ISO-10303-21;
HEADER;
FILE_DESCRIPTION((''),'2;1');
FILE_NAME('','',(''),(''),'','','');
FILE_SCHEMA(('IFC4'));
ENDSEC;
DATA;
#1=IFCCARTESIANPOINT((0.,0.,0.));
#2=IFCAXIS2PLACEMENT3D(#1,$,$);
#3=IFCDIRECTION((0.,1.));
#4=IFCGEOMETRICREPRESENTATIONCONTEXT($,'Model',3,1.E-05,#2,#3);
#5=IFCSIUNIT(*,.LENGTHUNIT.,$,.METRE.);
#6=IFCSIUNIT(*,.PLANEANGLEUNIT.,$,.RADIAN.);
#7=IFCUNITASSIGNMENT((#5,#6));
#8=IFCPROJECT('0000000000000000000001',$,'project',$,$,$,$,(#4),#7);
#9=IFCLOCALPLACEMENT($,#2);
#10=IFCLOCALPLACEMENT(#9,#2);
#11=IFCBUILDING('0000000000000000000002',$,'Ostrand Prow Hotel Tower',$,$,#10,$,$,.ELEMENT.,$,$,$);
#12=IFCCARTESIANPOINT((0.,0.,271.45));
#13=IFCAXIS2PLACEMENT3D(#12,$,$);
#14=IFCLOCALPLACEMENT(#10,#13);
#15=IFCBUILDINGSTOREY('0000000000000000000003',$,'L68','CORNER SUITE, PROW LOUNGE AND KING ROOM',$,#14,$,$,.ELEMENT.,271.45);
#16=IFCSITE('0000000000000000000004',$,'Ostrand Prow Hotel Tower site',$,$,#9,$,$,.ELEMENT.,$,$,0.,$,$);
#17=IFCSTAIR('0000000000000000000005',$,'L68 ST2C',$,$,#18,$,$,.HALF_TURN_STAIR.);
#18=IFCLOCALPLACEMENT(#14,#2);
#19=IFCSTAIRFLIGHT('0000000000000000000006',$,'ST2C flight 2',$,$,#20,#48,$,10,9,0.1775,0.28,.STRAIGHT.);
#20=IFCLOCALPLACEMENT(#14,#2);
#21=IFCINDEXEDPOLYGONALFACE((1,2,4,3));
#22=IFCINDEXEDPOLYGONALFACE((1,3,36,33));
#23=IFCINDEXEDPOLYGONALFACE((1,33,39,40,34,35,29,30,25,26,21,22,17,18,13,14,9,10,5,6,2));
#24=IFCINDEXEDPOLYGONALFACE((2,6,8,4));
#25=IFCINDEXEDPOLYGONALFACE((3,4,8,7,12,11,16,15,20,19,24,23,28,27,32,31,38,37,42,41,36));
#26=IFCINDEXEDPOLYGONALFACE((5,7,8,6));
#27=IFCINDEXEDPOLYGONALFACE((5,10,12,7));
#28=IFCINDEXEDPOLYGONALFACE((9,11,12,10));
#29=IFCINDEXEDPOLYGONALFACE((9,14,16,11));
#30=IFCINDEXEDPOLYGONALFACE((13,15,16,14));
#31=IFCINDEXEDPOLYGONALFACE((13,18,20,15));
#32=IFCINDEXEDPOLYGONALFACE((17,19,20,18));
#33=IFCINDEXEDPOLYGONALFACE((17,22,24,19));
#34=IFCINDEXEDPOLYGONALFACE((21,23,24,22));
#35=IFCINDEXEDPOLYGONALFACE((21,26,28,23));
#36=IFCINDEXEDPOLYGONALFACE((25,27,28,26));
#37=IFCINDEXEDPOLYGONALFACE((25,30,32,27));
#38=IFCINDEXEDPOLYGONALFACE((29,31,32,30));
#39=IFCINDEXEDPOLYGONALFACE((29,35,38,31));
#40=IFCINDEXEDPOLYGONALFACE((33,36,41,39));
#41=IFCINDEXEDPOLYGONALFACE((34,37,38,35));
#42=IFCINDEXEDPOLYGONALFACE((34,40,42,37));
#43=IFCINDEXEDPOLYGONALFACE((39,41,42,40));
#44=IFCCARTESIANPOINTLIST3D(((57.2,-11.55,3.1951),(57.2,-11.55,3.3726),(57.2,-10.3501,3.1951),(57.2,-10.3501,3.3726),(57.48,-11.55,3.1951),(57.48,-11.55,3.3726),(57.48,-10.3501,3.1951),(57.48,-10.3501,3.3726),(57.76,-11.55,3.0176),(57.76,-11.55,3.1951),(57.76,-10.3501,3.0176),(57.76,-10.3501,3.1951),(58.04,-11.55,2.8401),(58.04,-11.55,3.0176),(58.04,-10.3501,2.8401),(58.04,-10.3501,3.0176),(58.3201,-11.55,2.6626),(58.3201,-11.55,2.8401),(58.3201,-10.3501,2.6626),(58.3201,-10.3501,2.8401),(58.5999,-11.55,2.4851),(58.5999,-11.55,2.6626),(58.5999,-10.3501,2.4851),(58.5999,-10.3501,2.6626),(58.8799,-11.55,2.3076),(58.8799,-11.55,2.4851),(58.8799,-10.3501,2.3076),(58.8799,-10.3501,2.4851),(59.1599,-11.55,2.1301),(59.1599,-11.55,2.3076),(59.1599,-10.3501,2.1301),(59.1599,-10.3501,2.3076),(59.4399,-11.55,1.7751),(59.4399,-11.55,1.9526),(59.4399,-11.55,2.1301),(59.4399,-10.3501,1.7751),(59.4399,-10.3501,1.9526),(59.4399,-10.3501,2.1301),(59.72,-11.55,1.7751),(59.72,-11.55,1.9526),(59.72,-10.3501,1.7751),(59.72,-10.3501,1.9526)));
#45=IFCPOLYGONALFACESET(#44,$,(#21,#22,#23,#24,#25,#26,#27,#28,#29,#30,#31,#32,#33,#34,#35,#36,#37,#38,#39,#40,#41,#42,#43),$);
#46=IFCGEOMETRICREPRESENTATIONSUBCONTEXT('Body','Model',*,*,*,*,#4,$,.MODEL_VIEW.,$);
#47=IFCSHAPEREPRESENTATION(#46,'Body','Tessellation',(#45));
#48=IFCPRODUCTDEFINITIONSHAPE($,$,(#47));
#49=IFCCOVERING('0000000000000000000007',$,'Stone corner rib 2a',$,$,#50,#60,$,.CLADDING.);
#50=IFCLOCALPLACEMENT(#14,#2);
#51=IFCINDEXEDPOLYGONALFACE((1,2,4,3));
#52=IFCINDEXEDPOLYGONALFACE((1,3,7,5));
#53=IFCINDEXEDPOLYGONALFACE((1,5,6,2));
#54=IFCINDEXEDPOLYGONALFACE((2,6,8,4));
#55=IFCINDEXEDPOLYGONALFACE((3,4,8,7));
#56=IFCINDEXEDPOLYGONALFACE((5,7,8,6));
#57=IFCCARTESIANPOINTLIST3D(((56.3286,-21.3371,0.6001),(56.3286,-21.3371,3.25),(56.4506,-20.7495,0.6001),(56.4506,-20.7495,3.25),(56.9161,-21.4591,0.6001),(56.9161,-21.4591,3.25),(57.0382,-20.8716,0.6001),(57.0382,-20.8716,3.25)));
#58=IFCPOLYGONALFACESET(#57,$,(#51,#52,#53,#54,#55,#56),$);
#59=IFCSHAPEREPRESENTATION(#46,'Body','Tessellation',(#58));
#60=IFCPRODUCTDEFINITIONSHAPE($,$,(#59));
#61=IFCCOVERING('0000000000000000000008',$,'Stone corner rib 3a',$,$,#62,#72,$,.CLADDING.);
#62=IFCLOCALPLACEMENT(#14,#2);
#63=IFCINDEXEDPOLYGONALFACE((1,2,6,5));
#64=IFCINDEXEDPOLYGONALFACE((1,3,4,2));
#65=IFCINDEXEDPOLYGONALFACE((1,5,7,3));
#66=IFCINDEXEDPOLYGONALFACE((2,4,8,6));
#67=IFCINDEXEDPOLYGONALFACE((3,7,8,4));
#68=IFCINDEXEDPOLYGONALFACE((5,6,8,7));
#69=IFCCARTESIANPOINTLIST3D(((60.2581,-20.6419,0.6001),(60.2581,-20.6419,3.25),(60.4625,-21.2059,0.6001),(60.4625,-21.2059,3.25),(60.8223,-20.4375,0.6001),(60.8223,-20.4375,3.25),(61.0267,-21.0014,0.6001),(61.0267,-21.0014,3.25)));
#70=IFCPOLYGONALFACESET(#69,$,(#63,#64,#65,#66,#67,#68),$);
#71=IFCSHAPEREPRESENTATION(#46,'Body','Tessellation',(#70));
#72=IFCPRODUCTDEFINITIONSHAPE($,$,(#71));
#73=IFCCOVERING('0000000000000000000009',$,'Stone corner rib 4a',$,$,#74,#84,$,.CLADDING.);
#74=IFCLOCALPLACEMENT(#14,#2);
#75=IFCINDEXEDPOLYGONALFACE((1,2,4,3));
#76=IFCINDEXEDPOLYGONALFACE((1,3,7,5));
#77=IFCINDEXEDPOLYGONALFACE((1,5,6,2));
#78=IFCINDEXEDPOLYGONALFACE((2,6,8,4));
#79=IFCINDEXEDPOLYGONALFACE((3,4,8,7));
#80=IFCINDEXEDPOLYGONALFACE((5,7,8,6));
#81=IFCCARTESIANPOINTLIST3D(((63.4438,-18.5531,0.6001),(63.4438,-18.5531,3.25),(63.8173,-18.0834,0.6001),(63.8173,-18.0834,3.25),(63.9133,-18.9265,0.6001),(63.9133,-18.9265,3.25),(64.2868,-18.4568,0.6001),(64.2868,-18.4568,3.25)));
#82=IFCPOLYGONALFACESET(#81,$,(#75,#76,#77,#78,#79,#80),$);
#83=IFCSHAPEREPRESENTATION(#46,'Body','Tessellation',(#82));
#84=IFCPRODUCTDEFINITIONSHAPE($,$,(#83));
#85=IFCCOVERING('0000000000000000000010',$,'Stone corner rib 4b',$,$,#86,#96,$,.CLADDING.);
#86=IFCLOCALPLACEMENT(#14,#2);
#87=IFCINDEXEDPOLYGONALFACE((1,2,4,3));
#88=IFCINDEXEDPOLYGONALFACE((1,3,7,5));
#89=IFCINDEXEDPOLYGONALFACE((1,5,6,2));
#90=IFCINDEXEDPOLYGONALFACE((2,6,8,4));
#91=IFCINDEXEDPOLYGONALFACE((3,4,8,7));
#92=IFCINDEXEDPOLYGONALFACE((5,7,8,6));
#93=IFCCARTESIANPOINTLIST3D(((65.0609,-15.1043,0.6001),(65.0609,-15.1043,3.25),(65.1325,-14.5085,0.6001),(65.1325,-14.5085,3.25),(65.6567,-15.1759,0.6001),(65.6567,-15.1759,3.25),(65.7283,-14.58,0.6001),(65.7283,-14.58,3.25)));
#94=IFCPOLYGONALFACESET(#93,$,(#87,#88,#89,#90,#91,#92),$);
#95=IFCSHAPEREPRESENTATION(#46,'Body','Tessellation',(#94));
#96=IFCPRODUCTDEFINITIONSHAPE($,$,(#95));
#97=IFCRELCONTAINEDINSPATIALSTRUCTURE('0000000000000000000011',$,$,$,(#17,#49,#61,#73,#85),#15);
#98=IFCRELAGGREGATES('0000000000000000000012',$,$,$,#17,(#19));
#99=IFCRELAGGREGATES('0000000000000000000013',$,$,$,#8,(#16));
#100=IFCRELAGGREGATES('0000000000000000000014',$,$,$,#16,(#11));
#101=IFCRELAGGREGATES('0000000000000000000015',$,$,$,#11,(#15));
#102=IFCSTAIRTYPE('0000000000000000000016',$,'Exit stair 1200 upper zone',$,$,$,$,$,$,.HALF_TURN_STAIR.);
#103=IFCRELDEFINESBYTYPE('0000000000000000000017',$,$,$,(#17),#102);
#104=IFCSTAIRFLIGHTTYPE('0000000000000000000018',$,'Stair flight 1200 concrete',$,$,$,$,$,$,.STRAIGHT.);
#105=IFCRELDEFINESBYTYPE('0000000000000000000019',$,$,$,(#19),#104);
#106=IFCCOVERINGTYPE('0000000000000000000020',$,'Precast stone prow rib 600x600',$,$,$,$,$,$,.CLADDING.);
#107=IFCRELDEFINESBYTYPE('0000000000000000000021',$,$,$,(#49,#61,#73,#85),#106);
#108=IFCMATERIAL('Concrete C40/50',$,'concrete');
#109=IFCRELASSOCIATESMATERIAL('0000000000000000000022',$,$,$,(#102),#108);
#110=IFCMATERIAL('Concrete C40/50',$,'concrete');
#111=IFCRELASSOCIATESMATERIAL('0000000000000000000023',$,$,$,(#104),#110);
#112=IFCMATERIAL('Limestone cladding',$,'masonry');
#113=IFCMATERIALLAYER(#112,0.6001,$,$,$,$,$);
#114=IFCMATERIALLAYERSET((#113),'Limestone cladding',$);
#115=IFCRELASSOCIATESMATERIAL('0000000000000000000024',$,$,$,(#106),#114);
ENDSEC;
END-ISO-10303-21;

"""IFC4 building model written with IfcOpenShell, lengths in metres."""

from ifc_helpers import new_model, si_unit, direction, frame, frame_2d, origin, place, context, subcontext, project, spatial, polyline, rectangle, outline, extrude, material, layer, layer_set, type_object, element, aggregate, save


model = new_model("IFC4")

# Units and contexts
model_context = context("Model", 3, precision=1e-05, world=origin(), true_north=direction((0.0, 1.0)))
body_context = subcontext(model_context, "Body", "Model", "MODEL_VIEW")
ifc_project = project(units=[si_unit("LENGTHUNIT", "METRE"), si_unit("PLANEANGLEUNIT", "RADIAN")], contexts=[model_context])

# Site, building, storey
site_placement = place(None, origin())
site = spatial("IfcSite", under=ifc_project, at=site_placement, Name="Ostrand Prow Hotel Tower site", CompositionType="ELEMENT", RefElevation=0.0)
building_placement = place(site_placement, origin())
building = spatial("IfcBuilding", under=site, at=building_placement, Name="Ostrand Prow Hotel Tower", CompositionType="ELEMENT")
storey_placement = place(building_placement, frame((0.0, 0.0, 271.45)))
storey = spatial("IfcBuildingStorey", under=building, at=storey_placement, Name="L68", Description="CORNER SUITE, PROW LOUNGE AND KING ROOM", CompositionType="ELEMENT", Elevation=271.45)

# Stair, stair flight
ifc_material_1 = material(Name="Concrete C40/50", Category="concrete")
stair_type = type_object("IfcStairType", Name="Exit stair 1200 upper zone", PredefinedType="HALF_TURN_STAIR", material=ifc_material_1)
stair_placement = place(storey_placement, origin())
stair = element("IfcStair", 1, at=stair_placement, inside=storey, type_object=stair_type, Name="L68 ST2C", PredefinedType="HALF_TURN_STAIR")
ifc_material_2 = material(Name="Concrete C40/50", Category="concrete")
stair_flight_type = type_object("IfcStairFlightType", Name="Stair flight 1200 concrete", PredefinedType="STRAIGHT", material=ifc_material_2)
stair_flight_1_placement = place(storey_placement, frame((59.72, -10.95, 1.7751), z_axis=(0.0, 0.0, 1.0), x_axis=(-1.0, 0.0, 0.0)))
stair_flight_1 = element("IfcStairFlight", 2, at=stair_flight_1_placement, type_object=stair_flight_type, Name="ST2C flight 2", NumberOfRisers=10, NumberOfTreads=9, PredefinedType="STRAIGHT", RiserHeight=0.1775, TreadLength=0.28, context=body_context, shape_type="SweptSolid", body=[
    extrude(outline(polyline([(0.0, 0.0), (0.0, 0.1775), (0.28, 0.1775), (0.28, 0.355), (0.5601, 0.355), (0.5601, 0.5325), (0.8401, 0.5325), (0.8401, 0.71), (1.1201, 0.71), (1.1201, 0.8875), (1.3999, 0.8875), (1.3999, 1.0649), (1.6799, 1.0649), (1.6799, 1.2424), (1.96, 1.2424), (1.96, 1.4199), (2.24, 1.4199), (2.24, 1.5974), (2.52, 1.5974), (2.52, 1.7749), (2.52, 1.4199), (0.28, 0.0), (0.0, 0.0)])), frame((0.0, 0.6001, 0.0), z_axis=(0.0, -1.0, 0.0), x_axis=(1.0, 0.0, 0.0)), (0.0, 0.0, 1.0), 1.2),
])
aggregate(stair, [stair_flight_1])

# Coverings
ifc_material_3 = material(Name="Limestone cladding", Category="masonry")
ifc_layer_1 = layer(ifc_material_3, 0.6001)
ifc_layer_set_1 = layer_set([ifc_layer_1], Name="Limestone cladding")
covering_type = type_object("IfcCoveringType", Name="Precast stone prow rib 600x600", PredefinedType="CLADDING", material=ifc_layer_set_1)
covering_1_placement = place(storey_placement, frame((56.7444, -20.8105, 0.6001), z_axis=(0.0, 0.0, 1.0), x_axis=(-0.203386, -0.979099, 0.0)))
element("IfcCovering", 3, at=covering_1_placement, inside=storey, type_object=covering_type, Name="Stone corner rib 2a", PredefinedType="CLADDING", context=body_context, shape_type="SweptSolid", body=[
    extrude(rectangle(XDim=0.6001, YDim=0.6001, at=frame_2d((0.3, 0.0))), origin(), (0.0, 0.0, 1.0), 2.6499),
])
for number, where, z_axis, x_axis, name in (
    (4, (60.5403, -20.5398, 0.6001), (0.0, 0.0, 1.0), (0.340664, -0.940185, 0.0), "Stone corner rib 3a"),
    (5, (63.6306, -18.3184, 0.6001), (0.0, 0.0, 1.0), (0.782732, -0.622359, 0.0), "Stone corner rib 4a"),
):
    element("IfcCovering", number, at=place(storey_placement, frame(where, z_axis=z_axis, x_axis=x_axis)), inside=storey, type_object=covering_type, Name=name, PredefinedType="CLADDING", context=body_context, shape_type="SweptSolid", body=[
        extrude(rectangle(XDim=0.5999, YDim=0.6001, at=frame_2d((0.2998, 0.0))), origin(), (0.0, 0.0, 1.0), 2.6499),
    ])
covering_2_placement = place(storey_placement, frame((65.0967, -14.8064, 0.6001), z_axis=(0.0, 0.0, 1.0), x_axis=(0.992867, -0.119225, 0.0)))
element("IfcCovering", 6, at=covering_2_placement, inside=storey, type_object=covering_type, Name="Stone corner rib 4b", PredefinedType="CLADDING", context=body_context, shape_type="SweptSolid", body=[
    extrude(rectangle(XDim=0.6001, YDim=0.6001, at=frame_2d((0.3, 0.0))), origin(), (0.0, 0.0, 1.0), 2.6499),
])

save(model, "model.ifc")
